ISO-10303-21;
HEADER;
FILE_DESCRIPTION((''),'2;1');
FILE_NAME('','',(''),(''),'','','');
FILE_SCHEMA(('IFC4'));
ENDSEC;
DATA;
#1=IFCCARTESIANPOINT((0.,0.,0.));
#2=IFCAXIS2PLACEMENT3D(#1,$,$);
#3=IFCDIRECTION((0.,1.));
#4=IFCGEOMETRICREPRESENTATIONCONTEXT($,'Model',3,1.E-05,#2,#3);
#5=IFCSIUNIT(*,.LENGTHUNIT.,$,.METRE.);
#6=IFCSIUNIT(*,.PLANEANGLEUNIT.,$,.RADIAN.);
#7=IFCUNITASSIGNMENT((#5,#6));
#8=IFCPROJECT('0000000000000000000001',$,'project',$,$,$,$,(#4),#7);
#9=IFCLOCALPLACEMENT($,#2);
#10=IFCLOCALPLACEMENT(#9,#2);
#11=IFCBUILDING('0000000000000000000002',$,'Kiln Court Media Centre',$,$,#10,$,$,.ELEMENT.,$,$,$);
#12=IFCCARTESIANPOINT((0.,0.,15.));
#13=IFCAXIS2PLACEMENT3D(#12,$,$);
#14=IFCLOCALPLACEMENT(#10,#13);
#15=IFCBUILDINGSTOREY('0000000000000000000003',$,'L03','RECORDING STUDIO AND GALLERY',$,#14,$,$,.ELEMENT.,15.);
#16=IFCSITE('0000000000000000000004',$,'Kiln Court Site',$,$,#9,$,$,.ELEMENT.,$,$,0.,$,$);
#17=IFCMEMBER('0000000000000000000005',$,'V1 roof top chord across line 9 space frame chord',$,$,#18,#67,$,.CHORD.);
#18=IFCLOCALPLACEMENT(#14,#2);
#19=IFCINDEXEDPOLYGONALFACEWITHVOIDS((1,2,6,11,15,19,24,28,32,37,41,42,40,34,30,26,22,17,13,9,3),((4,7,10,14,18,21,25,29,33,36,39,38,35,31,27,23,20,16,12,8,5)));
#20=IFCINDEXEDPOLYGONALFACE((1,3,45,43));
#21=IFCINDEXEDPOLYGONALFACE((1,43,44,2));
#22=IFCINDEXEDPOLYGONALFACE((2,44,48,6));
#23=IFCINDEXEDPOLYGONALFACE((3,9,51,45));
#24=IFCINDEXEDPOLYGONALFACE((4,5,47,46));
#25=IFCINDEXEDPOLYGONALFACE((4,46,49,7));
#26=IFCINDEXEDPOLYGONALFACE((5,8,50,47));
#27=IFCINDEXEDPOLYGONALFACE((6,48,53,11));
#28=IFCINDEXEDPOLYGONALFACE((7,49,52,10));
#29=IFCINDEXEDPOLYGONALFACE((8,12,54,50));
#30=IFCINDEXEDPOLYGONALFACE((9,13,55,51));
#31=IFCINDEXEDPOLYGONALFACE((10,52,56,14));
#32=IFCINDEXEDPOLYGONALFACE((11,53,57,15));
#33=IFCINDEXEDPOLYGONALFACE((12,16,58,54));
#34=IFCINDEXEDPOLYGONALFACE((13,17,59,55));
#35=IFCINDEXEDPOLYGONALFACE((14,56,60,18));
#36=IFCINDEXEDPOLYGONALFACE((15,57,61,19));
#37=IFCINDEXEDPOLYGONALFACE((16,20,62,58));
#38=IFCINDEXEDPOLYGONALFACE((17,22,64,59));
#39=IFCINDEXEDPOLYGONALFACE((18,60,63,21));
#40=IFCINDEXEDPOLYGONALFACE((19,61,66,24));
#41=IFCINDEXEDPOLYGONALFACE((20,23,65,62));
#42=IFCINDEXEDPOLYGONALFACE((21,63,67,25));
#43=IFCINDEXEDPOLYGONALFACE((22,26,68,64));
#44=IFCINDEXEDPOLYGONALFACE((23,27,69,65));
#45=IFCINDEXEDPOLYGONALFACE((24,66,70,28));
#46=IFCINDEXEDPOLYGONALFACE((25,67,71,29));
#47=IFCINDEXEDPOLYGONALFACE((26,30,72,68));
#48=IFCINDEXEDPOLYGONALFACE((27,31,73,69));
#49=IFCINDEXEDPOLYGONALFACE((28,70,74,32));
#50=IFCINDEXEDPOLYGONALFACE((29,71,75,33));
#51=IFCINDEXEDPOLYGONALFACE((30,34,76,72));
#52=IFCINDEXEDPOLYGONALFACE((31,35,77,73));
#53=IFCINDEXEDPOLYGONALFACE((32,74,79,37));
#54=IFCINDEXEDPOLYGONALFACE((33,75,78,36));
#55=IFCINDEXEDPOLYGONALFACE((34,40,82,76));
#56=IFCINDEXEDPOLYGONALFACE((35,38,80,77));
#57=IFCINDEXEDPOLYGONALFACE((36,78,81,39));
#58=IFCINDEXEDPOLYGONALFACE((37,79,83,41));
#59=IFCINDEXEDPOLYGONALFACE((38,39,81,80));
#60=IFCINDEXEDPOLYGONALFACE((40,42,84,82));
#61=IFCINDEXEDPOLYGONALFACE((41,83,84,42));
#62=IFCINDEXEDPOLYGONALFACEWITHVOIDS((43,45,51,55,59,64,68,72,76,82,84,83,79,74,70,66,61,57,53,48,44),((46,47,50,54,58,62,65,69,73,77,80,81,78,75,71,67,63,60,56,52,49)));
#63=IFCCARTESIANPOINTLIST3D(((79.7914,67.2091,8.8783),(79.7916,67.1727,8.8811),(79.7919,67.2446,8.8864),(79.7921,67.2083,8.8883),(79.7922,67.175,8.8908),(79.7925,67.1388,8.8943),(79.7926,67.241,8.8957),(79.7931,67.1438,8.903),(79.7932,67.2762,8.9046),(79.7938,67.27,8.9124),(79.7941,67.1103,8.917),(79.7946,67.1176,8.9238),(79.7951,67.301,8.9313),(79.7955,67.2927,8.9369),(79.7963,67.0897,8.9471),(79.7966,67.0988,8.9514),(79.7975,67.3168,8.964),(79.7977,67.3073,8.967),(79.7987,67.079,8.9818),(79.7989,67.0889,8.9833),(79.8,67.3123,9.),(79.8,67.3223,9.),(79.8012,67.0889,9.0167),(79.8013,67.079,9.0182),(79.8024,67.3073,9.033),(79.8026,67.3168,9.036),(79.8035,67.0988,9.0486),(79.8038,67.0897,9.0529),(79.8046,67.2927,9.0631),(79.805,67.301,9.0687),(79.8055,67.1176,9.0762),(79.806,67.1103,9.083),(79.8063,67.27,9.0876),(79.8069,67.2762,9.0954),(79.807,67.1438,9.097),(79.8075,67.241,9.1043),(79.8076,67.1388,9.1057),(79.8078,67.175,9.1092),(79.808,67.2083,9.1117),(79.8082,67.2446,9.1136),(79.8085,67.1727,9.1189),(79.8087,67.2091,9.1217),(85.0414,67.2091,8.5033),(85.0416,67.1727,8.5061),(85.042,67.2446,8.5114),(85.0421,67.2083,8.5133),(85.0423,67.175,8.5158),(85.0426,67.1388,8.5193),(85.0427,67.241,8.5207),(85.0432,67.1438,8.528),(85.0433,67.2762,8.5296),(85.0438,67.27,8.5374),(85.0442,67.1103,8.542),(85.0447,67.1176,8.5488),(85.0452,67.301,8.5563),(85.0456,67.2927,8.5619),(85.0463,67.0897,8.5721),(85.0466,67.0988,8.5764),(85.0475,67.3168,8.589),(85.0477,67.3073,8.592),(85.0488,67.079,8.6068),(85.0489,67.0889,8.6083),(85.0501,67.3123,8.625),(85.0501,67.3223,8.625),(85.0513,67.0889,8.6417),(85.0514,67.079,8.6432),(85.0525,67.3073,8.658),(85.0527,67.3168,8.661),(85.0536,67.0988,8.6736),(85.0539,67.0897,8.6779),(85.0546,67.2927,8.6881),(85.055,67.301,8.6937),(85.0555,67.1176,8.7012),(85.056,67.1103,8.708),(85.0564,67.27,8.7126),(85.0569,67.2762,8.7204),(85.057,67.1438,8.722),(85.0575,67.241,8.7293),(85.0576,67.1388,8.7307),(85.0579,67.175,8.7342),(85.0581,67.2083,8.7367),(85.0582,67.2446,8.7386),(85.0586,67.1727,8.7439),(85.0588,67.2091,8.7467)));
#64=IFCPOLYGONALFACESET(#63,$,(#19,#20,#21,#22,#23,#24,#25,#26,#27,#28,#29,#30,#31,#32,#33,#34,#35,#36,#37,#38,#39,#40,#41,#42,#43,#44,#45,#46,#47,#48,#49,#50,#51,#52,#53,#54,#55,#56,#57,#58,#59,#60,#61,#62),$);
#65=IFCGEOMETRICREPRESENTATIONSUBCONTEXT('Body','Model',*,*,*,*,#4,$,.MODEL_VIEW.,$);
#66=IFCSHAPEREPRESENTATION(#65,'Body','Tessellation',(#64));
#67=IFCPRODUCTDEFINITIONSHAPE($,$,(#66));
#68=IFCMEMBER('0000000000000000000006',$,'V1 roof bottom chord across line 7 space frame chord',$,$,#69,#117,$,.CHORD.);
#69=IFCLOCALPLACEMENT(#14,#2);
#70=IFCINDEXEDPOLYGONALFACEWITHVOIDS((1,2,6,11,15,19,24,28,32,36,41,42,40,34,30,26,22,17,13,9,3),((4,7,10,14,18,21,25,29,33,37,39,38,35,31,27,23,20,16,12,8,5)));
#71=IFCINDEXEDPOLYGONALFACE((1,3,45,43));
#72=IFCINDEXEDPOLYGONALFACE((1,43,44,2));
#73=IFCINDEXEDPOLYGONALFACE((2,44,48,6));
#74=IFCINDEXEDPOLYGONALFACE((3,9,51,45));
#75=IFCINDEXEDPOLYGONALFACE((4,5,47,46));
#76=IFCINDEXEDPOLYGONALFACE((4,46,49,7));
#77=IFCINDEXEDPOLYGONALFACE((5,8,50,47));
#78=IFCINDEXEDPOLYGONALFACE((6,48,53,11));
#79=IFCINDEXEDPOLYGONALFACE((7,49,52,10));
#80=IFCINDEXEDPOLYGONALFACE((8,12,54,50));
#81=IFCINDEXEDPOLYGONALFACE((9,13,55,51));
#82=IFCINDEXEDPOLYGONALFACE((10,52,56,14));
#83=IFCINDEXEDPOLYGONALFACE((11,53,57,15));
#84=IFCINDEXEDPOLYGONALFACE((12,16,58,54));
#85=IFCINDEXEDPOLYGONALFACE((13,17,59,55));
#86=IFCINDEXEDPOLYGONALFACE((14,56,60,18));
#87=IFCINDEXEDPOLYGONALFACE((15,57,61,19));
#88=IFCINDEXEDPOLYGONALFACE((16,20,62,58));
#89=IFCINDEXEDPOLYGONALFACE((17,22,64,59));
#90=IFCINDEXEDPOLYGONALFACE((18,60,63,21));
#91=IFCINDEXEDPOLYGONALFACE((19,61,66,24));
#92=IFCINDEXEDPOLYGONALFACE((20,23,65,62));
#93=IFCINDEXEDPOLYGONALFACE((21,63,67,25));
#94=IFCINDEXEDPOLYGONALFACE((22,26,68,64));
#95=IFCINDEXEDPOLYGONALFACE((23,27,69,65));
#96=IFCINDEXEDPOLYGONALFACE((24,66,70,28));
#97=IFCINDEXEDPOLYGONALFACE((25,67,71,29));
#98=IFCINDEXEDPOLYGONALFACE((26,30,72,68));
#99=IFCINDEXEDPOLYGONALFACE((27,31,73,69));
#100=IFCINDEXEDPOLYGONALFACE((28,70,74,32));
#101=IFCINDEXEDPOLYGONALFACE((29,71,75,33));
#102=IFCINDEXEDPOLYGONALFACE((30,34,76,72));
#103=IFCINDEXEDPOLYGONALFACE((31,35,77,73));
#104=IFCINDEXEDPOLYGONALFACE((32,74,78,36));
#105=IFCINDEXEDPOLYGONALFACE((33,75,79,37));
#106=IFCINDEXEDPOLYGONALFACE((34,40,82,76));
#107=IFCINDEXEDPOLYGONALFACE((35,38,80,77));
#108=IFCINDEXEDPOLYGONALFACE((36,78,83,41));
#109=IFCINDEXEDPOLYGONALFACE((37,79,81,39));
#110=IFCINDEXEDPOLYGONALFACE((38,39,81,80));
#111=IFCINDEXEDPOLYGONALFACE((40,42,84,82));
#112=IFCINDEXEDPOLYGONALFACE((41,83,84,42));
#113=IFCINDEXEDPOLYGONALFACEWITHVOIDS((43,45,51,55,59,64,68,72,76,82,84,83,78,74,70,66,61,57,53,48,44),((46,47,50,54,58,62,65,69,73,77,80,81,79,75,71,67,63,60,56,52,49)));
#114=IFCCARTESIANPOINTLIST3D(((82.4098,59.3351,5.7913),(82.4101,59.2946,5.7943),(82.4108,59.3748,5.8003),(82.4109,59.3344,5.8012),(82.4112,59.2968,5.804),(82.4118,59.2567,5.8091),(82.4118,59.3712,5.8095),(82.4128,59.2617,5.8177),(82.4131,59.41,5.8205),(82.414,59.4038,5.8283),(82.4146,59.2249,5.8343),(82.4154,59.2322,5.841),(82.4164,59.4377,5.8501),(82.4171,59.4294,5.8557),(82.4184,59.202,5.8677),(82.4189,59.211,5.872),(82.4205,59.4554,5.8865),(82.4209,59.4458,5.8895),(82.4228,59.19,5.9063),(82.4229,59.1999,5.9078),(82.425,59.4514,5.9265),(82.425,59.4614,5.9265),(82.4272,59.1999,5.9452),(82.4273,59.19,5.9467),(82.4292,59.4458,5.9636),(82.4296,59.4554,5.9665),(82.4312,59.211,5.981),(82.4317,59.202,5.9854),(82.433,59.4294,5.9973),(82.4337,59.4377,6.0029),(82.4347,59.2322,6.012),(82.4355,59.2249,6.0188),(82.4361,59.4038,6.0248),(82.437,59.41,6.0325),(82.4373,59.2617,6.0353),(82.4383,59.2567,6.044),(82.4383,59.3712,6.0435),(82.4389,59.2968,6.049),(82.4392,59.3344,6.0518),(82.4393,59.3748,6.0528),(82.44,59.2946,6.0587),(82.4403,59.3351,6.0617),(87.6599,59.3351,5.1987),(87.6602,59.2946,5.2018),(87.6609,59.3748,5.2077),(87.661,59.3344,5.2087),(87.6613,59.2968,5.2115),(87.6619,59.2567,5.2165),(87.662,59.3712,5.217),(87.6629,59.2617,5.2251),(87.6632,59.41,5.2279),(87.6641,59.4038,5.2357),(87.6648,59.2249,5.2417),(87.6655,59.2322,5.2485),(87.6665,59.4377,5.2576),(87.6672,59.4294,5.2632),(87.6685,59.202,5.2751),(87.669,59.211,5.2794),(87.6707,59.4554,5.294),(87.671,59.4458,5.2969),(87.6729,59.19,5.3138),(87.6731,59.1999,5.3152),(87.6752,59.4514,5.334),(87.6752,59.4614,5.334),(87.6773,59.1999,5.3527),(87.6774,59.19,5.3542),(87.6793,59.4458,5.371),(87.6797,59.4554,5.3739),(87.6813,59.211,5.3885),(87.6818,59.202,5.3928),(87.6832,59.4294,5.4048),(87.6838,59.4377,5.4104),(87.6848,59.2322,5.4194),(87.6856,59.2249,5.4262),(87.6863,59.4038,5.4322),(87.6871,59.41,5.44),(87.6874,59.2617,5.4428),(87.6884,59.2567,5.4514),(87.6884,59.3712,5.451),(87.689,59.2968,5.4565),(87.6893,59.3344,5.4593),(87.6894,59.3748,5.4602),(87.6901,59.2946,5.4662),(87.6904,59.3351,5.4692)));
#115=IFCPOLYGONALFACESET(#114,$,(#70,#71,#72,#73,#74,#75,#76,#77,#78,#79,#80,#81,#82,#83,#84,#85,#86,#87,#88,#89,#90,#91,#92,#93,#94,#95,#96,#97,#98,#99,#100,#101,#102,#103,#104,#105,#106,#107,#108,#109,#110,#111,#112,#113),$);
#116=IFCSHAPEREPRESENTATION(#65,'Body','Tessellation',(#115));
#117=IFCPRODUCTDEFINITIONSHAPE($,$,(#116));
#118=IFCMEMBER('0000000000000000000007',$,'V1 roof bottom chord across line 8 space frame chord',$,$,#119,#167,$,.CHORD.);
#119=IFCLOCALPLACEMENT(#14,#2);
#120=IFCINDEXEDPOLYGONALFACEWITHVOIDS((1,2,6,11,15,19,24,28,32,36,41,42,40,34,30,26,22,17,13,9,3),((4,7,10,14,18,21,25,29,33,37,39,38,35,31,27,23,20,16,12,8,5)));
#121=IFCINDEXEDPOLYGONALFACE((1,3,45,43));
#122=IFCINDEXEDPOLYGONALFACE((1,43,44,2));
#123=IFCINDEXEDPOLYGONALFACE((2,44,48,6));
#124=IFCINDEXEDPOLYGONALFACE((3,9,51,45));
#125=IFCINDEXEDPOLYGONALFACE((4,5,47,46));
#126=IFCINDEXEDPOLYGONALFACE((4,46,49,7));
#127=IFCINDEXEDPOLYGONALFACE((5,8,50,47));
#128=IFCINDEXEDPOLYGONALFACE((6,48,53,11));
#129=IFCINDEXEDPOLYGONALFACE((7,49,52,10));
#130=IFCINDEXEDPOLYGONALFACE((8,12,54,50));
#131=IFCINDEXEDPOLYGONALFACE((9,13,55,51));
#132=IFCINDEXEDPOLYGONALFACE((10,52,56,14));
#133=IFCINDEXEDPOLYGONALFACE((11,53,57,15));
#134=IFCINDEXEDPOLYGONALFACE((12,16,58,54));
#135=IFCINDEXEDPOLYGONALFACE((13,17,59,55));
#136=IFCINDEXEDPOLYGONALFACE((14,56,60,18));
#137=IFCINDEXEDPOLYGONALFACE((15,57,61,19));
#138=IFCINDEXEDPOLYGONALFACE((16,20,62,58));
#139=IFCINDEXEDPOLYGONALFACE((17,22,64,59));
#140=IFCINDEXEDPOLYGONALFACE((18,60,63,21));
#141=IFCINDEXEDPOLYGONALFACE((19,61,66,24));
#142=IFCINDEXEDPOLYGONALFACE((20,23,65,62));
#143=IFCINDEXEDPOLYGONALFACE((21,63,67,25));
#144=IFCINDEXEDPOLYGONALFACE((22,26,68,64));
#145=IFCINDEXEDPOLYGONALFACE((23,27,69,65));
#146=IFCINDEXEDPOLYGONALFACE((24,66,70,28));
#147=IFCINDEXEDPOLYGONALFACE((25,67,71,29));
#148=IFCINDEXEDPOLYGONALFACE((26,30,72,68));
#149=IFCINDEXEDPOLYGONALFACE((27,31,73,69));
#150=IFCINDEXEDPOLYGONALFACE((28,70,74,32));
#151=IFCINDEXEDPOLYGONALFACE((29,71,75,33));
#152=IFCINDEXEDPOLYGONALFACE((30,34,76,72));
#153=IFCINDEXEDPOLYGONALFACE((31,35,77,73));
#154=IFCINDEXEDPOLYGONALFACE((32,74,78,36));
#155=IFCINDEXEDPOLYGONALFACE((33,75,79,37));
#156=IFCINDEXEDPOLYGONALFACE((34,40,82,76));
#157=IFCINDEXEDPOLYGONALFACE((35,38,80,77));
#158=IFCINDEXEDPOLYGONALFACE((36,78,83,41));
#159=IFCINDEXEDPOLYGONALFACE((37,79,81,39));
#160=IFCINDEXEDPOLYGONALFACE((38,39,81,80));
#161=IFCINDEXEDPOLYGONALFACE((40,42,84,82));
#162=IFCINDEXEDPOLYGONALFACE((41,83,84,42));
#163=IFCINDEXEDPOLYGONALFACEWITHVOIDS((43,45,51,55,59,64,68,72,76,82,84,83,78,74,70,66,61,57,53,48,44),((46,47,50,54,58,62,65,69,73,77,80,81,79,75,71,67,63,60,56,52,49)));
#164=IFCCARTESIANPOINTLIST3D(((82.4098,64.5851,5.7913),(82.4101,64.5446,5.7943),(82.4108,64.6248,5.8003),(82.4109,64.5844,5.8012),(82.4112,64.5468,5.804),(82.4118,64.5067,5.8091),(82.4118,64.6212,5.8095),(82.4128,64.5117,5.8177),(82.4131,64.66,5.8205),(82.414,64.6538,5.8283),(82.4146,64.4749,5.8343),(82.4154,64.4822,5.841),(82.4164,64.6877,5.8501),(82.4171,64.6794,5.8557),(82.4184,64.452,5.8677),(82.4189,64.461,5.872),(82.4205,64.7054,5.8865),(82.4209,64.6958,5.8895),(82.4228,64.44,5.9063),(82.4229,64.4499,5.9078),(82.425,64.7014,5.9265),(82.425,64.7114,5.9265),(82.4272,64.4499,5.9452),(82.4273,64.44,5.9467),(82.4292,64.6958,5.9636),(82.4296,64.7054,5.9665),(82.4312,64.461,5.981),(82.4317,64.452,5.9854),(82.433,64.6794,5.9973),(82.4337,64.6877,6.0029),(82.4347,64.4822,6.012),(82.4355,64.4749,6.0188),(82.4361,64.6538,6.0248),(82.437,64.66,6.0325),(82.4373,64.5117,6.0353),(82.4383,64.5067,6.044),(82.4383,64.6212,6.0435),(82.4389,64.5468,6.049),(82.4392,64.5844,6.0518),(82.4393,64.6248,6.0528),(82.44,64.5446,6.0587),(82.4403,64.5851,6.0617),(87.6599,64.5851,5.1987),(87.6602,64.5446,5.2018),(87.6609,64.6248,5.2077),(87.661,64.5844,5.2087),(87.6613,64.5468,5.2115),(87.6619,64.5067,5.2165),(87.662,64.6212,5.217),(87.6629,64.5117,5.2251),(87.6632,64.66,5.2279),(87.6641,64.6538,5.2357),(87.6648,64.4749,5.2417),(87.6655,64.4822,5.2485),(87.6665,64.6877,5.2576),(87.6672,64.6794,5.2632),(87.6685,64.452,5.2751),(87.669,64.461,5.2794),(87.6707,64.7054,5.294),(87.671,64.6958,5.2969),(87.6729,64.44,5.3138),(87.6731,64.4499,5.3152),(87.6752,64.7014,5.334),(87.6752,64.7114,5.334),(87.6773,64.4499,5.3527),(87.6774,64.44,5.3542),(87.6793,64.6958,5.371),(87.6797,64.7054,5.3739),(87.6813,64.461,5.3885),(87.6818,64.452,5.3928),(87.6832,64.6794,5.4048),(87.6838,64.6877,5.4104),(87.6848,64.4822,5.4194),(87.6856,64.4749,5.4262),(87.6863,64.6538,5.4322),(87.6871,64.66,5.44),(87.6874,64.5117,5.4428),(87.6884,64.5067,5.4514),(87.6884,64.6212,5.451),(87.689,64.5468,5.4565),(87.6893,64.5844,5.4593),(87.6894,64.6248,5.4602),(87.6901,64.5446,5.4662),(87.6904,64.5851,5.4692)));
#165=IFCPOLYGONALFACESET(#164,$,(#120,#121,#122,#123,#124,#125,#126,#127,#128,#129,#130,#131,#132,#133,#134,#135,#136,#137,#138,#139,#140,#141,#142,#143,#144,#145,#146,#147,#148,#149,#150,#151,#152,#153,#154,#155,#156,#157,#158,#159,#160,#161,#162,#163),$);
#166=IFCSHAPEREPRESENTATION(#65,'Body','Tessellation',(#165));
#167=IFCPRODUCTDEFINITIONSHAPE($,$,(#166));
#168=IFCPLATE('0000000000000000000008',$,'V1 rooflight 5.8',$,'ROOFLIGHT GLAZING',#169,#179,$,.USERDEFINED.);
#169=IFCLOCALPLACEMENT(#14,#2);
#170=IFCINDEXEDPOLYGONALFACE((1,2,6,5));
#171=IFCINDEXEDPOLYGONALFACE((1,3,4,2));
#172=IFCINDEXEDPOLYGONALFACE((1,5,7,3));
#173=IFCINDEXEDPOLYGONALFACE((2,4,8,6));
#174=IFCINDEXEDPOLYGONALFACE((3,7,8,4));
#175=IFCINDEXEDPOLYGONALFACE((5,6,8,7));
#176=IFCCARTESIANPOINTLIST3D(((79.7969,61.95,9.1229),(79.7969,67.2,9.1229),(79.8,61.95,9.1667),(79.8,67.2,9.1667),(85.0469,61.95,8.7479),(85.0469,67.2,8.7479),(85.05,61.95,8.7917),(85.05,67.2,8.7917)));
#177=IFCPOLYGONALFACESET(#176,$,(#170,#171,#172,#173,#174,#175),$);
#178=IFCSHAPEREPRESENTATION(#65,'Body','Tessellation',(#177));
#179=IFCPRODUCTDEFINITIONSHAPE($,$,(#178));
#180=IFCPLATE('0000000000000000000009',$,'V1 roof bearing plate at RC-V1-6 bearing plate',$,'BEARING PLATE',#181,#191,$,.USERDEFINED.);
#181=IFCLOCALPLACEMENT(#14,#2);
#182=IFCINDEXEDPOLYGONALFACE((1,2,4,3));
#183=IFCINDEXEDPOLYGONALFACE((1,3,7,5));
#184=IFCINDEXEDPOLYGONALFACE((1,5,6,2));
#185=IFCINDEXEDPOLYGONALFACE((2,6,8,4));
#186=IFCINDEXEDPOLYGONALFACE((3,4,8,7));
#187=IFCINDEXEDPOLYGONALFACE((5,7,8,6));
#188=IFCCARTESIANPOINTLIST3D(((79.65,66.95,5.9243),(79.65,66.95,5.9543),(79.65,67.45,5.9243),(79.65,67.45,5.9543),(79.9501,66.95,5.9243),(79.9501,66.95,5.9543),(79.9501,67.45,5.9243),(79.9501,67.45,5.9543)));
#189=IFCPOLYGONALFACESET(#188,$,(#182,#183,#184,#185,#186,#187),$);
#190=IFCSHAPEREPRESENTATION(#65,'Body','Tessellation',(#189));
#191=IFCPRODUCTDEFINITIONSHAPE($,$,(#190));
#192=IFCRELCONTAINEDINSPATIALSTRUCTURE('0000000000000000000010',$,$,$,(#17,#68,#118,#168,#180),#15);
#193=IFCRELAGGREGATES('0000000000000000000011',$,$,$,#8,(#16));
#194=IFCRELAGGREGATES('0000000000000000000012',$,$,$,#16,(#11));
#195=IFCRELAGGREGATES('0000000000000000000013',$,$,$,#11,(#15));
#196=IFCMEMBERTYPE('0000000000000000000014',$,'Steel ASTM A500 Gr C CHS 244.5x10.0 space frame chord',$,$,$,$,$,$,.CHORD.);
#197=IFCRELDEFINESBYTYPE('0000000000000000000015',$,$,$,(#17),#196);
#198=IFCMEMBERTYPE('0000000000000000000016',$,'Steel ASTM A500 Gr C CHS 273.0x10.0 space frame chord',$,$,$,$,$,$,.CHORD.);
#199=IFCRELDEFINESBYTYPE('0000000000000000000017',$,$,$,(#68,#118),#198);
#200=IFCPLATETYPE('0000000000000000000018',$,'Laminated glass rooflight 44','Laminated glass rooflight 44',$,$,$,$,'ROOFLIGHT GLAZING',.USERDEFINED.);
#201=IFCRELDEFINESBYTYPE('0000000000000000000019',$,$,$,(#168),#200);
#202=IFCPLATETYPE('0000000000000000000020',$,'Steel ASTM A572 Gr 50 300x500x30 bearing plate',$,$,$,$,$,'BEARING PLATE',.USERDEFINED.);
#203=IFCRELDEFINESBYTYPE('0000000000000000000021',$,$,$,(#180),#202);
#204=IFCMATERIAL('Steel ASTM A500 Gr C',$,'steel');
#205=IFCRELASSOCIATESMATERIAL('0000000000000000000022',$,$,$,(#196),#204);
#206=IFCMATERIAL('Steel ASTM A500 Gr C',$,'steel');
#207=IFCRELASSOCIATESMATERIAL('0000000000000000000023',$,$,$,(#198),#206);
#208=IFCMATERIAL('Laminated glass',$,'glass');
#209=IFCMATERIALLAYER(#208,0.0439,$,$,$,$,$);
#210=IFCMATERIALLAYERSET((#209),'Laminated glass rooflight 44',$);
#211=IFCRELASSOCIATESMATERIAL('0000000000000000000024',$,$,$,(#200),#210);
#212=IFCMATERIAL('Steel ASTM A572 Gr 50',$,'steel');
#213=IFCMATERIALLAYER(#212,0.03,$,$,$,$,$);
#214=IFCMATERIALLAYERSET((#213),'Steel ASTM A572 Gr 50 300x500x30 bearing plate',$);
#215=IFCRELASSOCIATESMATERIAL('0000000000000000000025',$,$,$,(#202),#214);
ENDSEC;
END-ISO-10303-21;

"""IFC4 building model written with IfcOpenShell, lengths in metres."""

from ifc_helpers import new_model, si_unit, direction, frame, origin, origin_2d, place, context, subcontext, project, spatial, polyline, rectangle, hollow_circle, outline, extrude, material, layer, layer_set, material_profile, profile_set, type_object, element, save


model = new_model("IFC4")

# Units and contexts
model_context = context("Model", 3, precision=1e-05, world=origin(), true_north=direction((0.0, 1.0)))
body_context = subcontext(model_context, "Body", "Model", "MODEL_VIEW")
ifc_project = project(units=[si_unit("LENGTHUNIT", "METRE"), si_unit("PLANEANGLEUNIT", "RADIAN")], contexts=[model_context])

# Site, building, storey
site_placement = place(None, origin())
site = spatial("IfcSite", under=ifc_project, at=site_placement, Name="Kiln Court Site", CompositionType="ELEMENT", RefElevation=0.0)
building_placement = place(site_placement, origin())
building = spatial("IfcBuilding", under=site, at=building_placement, Name="Kiln Court Media Centre", CompositionType="ELEMENT")
storey_placement = place(building_placement, frame((0.0, 0.0, 15.0)))
storey = spatial("IfcBuildingStorey", under=building, at=storey_placement, Name="L03", Description="RECORDING STUDIO AND GALLERY", CompositionType="ELEMENT", Elevation=15.0)

# Members
ifc_material_1 = material(Name="Steel ASTM A500 Gr C", Category="steel")
ifc_material_profile_1 = material_profile(ifc_material_1, hollow_circle(Radius=0.1223, WallThickness=0.01, at=origin_2d()), Name="CHS 244.5x10.0")
ifc_profile_set_1 = profile_set([ifc_material_profile_1], Name="Steel ASTM A500 Gr C")
member_type_1 = type_object("IfcMemberType", Name="Steel ASTM A500 Gr C CHS 244.5x10.0 space frame chord", PredefinedType="CHORD", material=ifc_profile_set_1)
member_1_placement = place(storey_placement, frame((79.8, 67.2, 9.0), z_axis=(0.997459, 0.0, -0.071247), x_axis=(0.0, 1.0, 0.0)))
element("IfcMember", 1, at=member_1_placement, inside=storey, type_object=member_type_1, Name="V1 roof top chord across line 9 space frame chord", PredefinedType="CHORD", context=body_context, shape_type="SweptSolid", body=[
    extrude(hollow_circle(Radius=0.1223, WallThickness=0.01, at=origin_2d()), origin(), (0.0, 0.0, 1.0), 5.2634),
])
ifc_material_2 = material(Name="Steel ASTM A500 Gr C", Category="steel")
ifc_material_profile_2 = material_profile(ifc_material_2, hollow_circle(Radius=0.1365, WallThickness=0.01, at=origin_2d()), Name="CHS 273.0x10.0")
ifc_profile_set_2 = profile_set([ifc_material_profile_2], Name="Steel ASTM A500 Gr C")
member_type_2 = type_object("IfcMemberType", Name="Steel ASTM A500 Gr C CHS 273.0x10.0 space frame chord", PredefinedType="CHORD", material=ifc_profile_set_2)
for number, where, z_axis, x_axis, name in (
    (2, (82.425, 59.325, 5.9265), (0.993691, 0.0, -0.112151), (0.0, 1.0, 0.0), "V1 roof bottom chord across line 7 space frame chord"),
    (3, (82.425, 64.575, 5.9265), (0.993691, 0.0, -0.112151), (0.0, 1.0, 0.0), "V1 roof bottom chord across line 8 space frame chord"),
):
    element("IfcMember", number, at=place(storey_placement, frame(where, z_axis=z_axis, x_axis=x_axis)), inside=storey, type_object=member_type_2, Name=name, PredefinedType="CHORD", context=body_context, shape_type="SweptSolid", body=[
        extrude(hollow_circle(Radius=0.1365, WallThickness=0.01, at=origin_2d()), origin(), (0.0, 0.0, 1.0), 5.2834),
    ])

# Plates
ifc_material_3 = material(Name="Laminated glass", Category="glass")
ifc_layer_1 = layer(ifc_material_3, 0.0439)
ifc_layer_set_1 = layer_set([ifc_layer_1], Name="Laminated glass rooflight 44")
plate_type_1 = type_object("IfcPlateType", Name="Laminated glass rooflight 44", Description="Laminated glass rooflight 44", ElementType="ROOFLIGHT GLAZING", PredefinedType="USERDEFINED", material=ifc_layer_set_1)
plate_1_placement = place(storey_placement, frame((79.8, 61.95, 9.1667), z_axis=(0.071247, 0.0, 0.997459), x_axis=(0.997459, 0.0, -0.071247)))
element("IfcPlate", 4, at=plate_1_placement, inside=storey, type_object=plate_type_1, Name="V1 rooflight 5.8", ObjectType="ROOFLIGHT GLAZING", PredefinedType="USERDEFINED", context=body_context, shape_type="SweptSolid", body=[
    extrude(outline(polyline([(0.0, 0.0), (5.2634, 0.0), (5.2634, 5.25), (0.0, 5.25), (0.0, 0.0)])), origin(), (0.0, 0.0, -1.0), 0.0439),
])
ifc_material_4 = material(Name="Steel ASTM A572 Gr 50", Category="steel")
ifc_layer_2 = layer(ifc_material_4, 0.03)
ifc_layer_set_2 = layer_set([ifc_layer_2], Name="Steel ASTM A572 Gr 50 300x500x30 bearing plate")
plate_type_2 = type_object("IfcPlateType", Name="Steel ASTM A572 Gr 50 300x500x30 bearing plate", ElementType="BEARING PLATE", PredefinedType="USERDEFINED", material=ifc_layer_set_2)
plate_2_placement = place(storey_placement, frame((79.8, 67.2, 5.9243), z_axis=(0.0, 0.0, 1.0), x_axis=(1.0, 0.0, 0.0)))
element("IfcPlate", 5, at=plate_2_placement, inside=storey, type_object=plate_type_2, Name="V1 roof bearing plate at RC-V1-6 bearing plate", ObjectType="BEARING PLATE", PredefinedType="USERDEFINED", context=body_context, shape_type="SweptSolid", body=[
    extrude(rectangle(XDim=0.3, YDim=0.5, at=origin_2d()), origin(), (0.0, 0.0, 1.0), 0.03),
])

save(model, "model.ifc")
